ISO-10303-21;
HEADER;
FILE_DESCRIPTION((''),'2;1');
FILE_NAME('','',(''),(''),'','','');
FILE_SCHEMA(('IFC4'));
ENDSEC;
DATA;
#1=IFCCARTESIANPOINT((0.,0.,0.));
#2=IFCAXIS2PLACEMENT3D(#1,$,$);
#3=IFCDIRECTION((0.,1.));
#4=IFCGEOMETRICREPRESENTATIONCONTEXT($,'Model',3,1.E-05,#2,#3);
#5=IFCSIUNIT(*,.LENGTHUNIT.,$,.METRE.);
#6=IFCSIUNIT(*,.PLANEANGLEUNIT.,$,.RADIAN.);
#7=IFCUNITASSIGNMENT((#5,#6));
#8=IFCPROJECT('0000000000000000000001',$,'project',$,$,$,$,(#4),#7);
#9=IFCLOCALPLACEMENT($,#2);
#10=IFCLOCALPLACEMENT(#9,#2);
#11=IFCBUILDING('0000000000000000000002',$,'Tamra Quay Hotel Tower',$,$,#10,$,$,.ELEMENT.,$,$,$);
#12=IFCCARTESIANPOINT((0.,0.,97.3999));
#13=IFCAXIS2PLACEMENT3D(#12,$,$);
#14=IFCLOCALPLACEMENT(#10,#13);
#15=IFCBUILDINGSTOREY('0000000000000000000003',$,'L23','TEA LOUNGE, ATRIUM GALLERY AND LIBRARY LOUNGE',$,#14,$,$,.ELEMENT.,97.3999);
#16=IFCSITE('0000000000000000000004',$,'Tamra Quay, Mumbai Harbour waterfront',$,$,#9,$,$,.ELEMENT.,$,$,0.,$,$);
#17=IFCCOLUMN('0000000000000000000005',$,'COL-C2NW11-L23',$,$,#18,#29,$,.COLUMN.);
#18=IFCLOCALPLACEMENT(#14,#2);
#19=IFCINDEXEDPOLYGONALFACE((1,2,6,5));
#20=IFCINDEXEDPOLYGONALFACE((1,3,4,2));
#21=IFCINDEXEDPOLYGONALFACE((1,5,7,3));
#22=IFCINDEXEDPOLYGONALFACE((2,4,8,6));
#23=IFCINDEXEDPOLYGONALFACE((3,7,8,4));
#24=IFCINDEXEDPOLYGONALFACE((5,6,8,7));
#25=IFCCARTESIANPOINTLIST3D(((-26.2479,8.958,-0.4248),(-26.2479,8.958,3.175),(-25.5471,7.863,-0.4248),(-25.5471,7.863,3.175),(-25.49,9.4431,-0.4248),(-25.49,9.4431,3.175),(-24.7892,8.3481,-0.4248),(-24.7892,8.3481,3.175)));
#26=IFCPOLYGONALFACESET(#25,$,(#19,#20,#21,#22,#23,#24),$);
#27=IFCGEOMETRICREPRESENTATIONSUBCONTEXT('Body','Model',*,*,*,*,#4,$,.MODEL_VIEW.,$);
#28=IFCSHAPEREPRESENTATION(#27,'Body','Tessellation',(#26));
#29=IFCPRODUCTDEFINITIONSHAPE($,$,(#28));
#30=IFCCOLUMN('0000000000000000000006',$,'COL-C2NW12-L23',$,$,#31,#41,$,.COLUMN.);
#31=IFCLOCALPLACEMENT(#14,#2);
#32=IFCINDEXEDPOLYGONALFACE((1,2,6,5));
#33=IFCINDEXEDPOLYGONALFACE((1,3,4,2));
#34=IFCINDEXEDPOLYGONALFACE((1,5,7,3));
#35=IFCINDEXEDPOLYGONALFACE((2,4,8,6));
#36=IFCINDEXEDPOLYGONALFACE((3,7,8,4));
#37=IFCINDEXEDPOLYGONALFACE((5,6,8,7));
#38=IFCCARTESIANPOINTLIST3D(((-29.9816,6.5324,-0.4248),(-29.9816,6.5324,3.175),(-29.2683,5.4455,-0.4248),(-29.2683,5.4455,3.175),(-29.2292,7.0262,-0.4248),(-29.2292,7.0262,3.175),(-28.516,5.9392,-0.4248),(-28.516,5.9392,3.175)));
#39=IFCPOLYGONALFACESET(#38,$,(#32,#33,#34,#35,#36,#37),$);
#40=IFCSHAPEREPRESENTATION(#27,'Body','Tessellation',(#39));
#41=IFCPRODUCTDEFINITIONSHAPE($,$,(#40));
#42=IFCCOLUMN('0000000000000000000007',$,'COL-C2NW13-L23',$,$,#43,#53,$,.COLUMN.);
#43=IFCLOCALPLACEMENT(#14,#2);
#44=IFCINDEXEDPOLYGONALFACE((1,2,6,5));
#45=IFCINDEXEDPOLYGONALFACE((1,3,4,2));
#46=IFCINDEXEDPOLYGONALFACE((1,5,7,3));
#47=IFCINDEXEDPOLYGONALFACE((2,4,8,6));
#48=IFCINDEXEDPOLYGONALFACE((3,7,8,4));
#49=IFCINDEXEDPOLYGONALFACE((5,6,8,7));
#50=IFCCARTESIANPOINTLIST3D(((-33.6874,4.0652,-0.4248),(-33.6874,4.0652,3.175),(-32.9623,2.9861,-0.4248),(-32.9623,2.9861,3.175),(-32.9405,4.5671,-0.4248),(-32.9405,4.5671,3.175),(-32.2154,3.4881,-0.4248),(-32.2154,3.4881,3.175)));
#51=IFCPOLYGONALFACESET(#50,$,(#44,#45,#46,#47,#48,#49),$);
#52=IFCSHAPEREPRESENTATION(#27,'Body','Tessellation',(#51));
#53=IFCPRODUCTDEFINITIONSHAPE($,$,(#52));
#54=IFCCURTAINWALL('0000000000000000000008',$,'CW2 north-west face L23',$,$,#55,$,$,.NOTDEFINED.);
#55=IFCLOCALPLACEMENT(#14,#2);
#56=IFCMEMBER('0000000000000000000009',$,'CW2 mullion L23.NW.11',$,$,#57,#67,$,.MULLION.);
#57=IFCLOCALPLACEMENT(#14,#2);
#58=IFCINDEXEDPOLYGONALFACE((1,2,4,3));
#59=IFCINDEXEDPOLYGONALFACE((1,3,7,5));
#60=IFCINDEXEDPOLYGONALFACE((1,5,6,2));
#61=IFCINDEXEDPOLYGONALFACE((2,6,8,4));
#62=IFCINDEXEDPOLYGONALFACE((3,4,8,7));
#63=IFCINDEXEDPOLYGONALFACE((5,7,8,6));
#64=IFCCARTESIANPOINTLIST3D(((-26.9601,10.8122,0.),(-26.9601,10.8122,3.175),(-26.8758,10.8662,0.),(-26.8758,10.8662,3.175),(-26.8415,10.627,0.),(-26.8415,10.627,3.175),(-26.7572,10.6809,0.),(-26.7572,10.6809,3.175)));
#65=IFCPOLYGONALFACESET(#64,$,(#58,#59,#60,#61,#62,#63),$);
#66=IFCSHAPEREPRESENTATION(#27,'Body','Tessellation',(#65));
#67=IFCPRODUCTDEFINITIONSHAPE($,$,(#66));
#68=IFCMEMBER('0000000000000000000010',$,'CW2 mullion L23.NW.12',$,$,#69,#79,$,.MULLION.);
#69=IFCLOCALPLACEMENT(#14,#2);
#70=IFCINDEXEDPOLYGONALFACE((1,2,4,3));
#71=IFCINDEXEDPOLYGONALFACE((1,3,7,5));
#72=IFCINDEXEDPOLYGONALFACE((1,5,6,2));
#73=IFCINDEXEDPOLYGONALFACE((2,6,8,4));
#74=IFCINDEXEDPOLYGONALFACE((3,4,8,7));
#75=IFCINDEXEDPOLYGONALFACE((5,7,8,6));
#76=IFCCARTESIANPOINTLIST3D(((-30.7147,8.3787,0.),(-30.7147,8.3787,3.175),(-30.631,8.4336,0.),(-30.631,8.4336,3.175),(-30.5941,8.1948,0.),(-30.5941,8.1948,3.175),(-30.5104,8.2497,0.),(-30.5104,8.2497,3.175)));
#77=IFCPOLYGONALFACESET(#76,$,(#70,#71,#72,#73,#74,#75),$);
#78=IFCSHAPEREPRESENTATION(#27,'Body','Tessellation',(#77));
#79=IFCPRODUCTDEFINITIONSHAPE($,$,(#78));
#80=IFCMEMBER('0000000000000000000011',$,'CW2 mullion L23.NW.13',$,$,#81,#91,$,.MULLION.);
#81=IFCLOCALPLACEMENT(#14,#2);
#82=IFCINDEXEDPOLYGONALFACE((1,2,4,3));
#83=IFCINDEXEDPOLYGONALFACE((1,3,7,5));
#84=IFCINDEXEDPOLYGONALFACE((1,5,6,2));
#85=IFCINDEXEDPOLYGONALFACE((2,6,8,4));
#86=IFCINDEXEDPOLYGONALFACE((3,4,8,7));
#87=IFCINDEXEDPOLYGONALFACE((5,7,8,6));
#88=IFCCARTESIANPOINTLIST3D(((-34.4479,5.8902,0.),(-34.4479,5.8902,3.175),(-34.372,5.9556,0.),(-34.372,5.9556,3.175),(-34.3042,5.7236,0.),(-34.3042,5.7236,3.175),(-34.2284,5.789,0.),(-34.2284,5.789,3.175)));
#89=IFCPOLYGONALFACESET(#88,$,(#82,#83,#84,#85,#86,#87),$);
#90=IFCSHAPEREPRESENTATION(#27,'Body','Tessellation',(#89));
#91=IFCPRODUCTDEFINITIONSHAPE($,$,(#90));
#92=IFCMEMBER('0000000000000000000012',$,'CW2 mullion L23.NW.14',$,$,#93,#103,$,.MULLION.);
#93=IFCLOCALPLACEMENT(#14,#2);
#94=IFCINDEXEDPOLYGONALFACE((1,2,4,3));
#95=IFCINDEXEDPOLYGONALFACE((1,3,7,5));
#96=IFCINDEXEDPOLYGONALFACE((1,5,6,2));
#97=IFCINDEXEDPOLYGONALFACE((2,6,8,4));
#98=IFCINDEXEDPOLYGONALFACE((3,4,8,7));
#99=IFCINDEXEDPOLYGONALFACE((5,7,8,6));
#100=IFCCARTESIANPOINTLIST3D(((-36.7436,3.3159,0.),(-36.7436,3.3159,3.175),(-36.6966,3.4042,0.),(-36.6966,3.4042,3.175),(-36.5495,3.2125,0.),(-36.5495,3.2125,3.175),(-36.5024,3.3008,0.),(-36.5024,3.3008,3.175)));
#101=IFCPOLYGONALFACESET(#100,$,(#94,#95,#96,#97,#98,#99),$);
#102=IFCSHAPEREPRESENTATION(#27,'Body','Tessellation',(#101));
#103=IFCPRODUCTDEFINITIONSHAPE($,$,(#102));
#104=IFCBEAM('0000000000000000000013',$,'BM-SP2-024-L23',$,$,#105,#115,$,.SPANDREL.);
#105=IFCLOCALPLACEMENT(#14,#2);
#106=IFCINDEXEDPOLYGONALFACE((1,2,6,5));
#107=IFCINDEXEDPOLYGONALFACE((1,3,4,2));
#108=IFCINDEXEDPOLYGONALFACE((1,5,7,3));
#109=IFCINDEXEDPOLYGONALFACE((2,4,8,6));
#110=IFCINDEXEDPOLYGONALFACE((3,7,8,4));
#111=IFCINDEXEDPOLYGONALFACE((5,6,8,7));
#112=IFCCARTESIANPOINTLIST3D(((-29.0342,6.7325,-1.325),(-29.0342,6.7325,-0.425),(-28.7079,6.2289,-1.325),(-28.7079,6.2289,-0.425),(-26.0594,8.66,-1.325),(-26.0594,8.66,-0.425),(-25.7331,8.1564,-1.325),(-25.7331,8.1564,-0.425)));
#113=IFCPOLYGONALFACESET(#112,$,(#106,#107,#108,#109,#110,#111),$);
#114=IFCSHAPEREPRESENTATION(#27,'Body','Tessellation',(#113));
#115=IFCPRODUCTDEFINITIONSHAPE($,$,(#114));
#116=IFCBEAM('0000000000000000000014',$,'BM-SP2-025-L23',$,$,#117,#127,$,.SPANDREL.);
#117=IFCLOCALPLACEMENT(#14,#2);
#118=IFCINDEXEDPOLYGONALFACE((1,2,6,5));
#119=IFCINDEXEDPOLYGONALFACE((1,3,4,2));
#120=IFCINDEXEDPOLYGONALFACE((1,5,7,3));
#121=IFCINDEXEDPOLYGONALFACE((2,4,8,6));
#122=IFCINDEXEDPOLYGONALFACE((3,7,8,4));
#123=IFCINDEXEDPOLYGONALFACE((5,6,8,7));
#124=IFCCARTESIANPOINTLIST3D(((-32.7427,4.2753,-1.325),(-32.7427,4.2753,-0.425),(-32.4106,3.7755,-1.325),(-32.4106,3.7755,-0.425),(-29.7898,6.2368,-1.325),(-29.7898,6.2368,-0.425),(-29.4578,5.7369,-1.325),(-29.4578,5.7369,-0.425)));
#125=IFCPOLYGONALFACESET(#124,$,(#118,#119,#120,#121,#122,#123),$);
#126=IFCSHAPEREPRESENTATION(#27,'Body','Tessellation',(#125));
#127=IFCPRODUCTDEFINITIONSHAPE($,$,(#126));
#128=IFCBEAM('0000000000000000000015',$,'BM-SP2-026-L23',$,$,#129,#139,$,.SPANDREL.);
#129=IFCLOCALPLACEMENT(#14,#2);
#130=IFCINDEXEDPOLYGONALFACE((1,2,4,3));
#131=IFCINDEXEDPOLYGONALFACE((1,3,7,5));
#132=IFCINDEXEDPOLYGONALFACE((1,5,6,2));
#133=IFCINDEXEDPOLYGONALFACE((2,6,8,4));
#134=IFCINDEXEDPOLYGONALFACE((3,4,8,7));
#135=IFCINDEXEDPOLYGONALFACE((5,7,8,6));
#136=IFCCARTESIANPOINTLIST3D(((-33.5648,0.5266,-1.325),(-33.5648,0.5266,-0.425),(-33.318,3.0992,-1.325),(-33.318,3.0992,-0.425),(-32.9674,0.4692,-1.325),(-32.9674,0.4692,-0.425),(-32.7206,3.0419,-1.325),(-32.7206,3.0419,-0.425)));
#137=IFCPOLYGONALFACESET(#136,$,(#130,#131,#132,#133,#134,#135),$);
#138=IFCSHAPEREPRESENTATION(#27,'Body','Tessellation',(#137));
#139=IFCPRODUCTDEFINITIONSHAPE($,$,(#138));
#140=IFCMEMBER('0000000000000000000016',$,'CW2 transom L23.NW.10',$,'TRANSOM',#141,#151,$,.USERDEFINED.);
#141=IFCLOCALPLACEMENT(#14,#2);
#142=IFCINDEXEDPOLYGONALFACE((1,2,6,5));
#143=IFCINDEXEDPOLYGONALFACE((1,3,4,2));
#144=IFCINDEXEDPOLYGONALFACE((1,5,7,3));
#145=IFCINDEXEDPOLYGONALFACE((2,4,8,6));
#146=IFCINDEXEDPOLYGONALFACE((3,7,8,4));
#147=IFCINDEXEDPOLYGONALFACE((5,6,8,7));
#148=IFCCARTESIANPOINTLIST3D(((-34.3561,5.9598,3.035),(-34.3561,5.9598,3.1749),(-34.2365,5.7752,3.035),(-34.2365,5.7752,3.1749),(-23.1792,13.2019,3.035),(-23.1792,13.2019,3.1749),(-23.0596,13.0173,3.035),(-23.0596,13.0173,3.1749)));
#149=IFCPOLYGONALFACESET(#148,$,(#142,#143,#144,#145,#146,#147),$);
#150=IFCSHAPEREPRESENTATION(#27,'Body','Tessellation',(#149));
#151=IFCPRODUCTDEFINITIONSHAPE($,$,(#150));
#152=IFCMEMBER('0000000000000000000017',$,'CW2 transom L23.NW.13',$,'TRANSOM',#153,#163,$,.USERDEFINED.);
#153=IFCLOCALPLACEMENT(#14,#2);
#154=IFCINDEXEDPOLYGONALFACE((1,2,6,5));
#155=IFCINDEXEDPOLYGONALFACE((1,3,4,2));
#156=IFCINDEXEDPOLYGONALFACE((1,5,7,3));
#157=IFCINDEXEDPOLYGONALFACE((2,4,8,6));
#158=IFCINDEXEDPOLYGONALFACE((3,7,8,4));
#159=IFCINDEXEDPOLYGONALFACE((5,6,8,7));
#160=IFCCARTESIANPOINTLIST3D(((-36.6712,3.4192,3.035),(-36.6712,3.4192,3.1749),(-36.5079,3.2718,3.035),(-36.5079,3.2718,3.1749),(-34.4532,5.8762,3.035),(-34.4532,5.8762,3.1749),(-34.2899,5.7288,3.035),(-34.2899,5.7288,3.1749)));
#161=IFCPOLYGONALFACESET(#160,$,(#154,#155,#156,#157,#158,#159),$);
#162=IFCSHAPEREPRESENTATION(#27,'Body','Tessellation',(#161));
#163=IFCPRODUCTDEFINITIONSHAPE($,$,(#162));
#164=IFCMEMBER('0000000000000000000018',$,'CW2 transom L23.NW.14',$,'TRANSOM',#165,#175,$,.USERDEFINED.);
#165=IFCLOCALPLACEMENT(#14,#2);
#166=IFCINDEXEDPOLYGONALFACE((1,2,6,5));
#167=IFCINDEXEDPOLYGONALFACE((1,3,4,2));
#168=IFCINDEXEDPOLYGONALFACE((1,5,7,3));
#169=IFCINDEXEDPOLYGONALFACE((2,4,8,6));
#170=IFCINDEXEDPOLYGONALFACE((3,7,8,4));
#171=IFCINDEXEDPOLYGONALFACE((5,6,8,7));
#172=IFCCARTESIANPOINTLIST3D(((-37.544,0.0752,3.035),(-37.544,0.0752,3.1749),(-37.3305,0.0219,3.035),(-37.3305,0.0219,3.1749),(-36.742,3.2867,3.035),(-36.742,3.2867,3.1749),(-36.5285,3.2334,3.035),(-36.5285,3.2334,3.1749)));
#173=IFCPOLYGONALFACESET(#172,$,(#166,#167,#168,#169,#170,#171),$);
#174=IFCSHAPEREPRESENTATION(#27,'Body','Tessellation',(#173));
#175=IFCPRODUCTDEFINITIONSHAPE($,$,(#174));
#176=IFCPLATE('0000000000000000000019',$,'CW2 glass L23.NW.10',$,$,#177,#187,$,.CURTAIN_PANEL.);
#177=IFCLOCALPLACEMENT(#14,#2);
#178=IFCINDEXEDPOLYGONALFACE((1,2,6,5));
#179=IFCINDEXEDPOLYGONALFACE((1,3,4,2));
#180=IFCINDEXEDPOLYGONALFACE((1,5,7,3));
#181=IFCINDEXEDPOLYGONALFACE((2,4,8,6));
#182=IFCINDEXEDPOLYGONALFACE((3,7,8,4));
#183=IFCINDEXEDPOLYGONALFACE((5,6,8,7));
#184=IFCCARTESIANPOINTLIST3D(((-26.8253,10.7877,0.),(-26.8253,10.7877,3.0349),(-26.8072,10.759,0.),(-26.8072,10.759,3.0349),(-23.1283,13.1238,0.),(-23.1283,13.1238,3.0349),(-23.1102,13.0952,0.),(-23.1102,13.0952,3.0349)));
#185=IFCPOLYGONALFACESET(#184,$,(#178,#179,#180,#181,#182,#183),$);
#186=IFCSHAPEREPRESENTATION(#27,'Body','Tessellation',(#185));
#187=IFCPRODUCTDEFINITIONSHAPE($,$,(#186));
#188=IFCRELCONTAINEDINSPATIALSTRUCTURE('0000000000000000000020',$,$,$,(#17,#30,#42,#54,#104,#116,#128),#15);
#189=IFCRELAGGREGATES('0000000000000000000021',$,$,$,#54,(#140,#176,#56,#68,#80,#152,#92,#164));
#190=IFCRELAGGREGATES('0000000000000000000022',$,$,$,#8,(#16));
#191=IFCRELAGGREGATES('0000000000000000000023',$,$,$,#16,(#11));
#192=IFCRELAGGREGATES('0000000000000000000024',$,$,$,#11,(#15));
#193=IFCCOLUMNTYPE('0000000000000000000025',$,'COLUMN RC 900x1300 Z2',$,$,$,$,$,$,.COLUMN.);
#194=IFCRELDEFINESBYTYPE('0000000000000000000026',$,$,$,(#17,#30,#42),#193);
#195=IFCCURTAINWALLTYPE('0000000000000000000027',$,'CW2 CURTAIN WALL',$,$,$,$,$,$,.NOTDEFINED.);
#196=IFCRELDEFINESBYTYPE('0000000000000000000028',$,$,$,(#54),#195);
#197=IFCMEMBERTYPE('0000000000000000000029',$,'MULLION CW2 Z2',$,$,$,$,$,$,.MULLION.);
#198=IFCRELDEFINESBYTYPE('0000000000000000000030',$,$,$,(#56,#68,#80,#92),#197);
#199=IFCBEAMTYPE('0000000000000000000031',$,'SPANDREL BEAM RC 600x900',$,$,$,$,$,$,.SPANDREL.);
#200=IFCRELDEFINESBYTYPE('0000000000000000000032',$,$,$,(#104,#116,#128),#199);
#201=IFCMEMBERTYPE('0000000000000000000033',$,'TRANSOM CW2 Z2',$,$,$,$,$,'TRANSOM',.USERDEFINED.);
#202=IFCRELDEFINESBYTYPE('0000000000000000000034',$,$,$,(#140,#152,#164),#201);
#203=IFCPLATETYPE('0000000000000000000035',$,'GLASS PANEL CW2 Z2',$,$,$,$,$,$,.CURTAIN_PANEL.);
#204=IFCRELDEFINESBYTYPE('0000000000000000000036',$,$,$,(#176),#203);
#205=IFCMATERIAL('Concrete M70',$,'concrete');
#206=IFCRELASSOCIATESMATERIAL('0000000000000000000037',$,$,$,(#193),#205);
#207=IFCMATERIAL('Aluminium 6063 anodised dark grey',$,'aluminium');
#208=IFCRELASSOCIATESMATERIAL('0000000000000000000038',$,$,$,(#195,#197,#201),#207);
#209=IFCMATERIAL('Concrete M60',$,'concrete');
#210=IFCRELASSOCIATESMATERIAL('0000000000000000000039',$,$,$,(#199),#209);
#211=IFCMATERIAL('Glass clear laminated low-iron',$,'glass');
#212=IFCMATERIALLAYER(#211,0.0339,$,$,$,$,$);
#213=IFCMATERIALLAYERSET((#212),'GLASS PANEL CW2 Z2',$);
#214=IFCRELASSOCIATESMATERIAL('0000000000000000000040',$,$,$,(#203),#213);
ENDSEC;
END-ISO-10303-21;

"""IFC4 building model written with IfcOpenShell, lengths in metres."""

from ifc_helpers import new_model, si_unit, direction, frame, origin, origin_2d, place, context, subcontext, project, spatial, rectangle, extrude, material, layer, layer_set, material_profile, profile_set, type_object, element, aggregate, save


model = new_model("IFC4")

# Units and contexts
model_context = context("Model", 3, precision=1e-05, world=origin(), true_north=direction((0.0, 1.0)))
body_context = subcontext(model_context, "Body", "Model", "MODEL_VIEW")
ifc_project = project(units=[si_unit("LENGTHUNIT", "METRE"), si_unit("PLANEANGLEUNIT", "RADIAN")], contexts=[model_context])

# Site, building, storey
site_placement = place(None, origin())
site = spatial("IfcSite", under=ifc_project, at=site_placement, Name="Tamra Quay, Mumbai Harbour waterfront", CompositionType="ELEMENT", RefElevation=0.0)
building_placement = place(site_placement, origin())
building = spatial("IfcBuilding", under=site, at=building_placement, Name="Tamra Quay Hotel Tower", CompositionType="ELEMENT")
storey_placement = place(building_placement, frame((0.0, 0.0, 97.3999)))
storey = spatial("IfcBuildingStorey", under=building, at=storey_placement, Name="L23", Description="TEA LOUNGE, ATRIUM GALLERY AND LIBRARY LOUNGE", CompositionType="ELEMENT", Elevation=97.3999)

# Columns
ifc_material_1 = material(Name="Concrete M70", Category="concrete")
ifc_material_profile_1 = material_profile(ifc_material_1, rectangle(XDim=1.3, YDim=0.8999, at=origin_2d()), Name="COLUMN RC 900x1300 Z2")
ifc_profile_set_1 = profile_set([ifc_material_profile_1], Name="Concrete M70")
column_type = type_object("IfcColumnType", Name="COLUMN RC 900x1300 Z2", PredefinedType="COLUMN", material=ifc_profile_set_1)
for number, where, z_axis, x_axis, name in (
    (1, (-25.5186, 8.6531, -0.4248), (0.0, 0.0, 1.0), (-0.539065, 0.842264, 0.0), "COL-C2NW11-L23"),
    (2, (-29.2488, 6.2358, -0.4248), (0.0, 0.0, 1.0), (-0.548641, 0.836058, 0.0), "COL-C2NW12-L23"),
    (3, (-32.9514, 3.7766, -0.4248), (0.0, 0.0, 1.0), (-0.557767, 0.829998, 0.0), "COL-C2NW13-L23"),
):
    element("IfcColumn", number, at=place(storey_placement, frame(where, z_axis=z_axis, x_axis=x_axis)), inside=storey, type_object=column_type, Name=name, PredefinedType="COLUMN", context=body_context, shape_type="SweptSolid", body=[
        extrude(rectangle(XDim=1.3, YDim=0.8999, at=origin_2d()), origin(), (0.0, 0.0, 1.0), 3.5999),
    ])

# Curtain wall, members
ifc_material_2 = material(Name="Aluminium 6063 anodised dark grey", Category="aluminium")
curtain_wall_type = type_object("IfcCurtainWallType", Name="CW2 CURTAIN WALL", PredefinedType="NOTDEFINED", material=ifc_material_2)
curtain_wall_placement = place(storey_placement, origin())
curtain_wall = element("IfcCurtainWall", 4, at=curtain_wall_placement, inside=storey, type_object=curtain_wall_type, Name="CW2 north-west face L23", PredefinedType="NOTDEFINED")
ifc_material_profile_2 = material_profile(ifc_material_2, rectangle(XDim=0.22, YDim=0.1001, at=origin_2d()), Name="MULLION 100X220")
ifc_profile_set_2 = profile_set([ifc_material_profile_2], Name="Aluminium 6063 anodised dark grey")
member_type_1 = type_object("IfcMemberType", Name="MULLION CW2 Z2", PredefinedType="MULLION", material=ifc_profile_set_2)
member_1_placement = place(storey_placement, frame((-26.8586, 10.7466, 0.0), z_axis=(0.0, 0.0, 1.0), x_axis=(-0.538999, 0.842307, 0.0)))
member_1 = element("IfcMember", 5, at=member_1_placement, type_object=member_type_1, Name="CW2 mullion L23.NW.11", PredefinedType="MULLION", context=body_context, shape_type="SweptSolid", body=[
    extrude(rectangle(XDim=0.22, YDim=0.1001, at=origin_2d()), origin(), (0.0, 0.0, 1.0), 3.175),
])
member_2_placement = place(storey_placement, frame((-30.6125, 8.3142, 0.0), z_axis=(0.0, 0.0, 1.0), x_axis=(-0.548547, 0.836119, 0.0)))
member_2 = element("IfcMember", 6, at=member_2_placement, type_object=member_type_1, Name="CW2 mullion L23.NW.12", PredefinedType="MULLION", context=body_context, shape_type="SweptSolid", body=[
    extrude(rectangle(XDim=0.22, YDim=0.1001, at=origin_2d()), origin(), (0.0, 0.0, 1.0), 3.175),
])
member_3_placement = place(storey_placement, frame((-34.3381, 5.8396, 0.0), z_axis=(0.0, 0.0, 1.0), x_axis=(-0.652887, 0.757455, 0.0)))
member_3 = element("IfcMember", 7, at=member_3_placement, type_object=member_type_1, Name="CW2 mullion L23.NW.13", PredefinedType="MULLION", context=body_context, shape_type="SweptSolid", body=[
    extrude(rectangle(XDim=0.22, YDim=0.1001, at=origin_2d()), origin(), (0.0, 0.0, 1.0), 3.175),
])
member_4_placement = place(storey_placement, frame((-36.623, 3.3083, 0.0), z_axis=(0.0, 0.0, 1.0), x_axis=(-0.882544, 0.47023, 0.0)))
member_4 = element("IfcMember", 8, at=member_4_placement, type_object=member_type_1, Name="CW2 mullion L23.NW.14", PredefinedType="MULLION", context=body_context, shape_type="SweptSolid", body=[
    extrude(rectangle(XDim=0.22, YDim=0.1001, at=origin_2d()), origin(), (0.0, 0.0, 1.0), 3.175),
])

# Beams
ifc_material_3 = material(Name="Concrete M60", Category="concrete")
ifc_material_profile_3 = material_profile(ifc_material_3, rectangle(XDim=0.6001, YDim=0.8999, at=origin_2d()), Name="SPANDREL BEAM RC 600x900")
ifc_profile_set_3 = profile_set([ifc_material_profile_3], Name="Concrete M60")
beam_type = type_object("IfcBeamType", Name="SPANDREL BEAM RC 600x900", PredefinedType="SPANDREL", material=ifc_profile_set_3)
beam_1_placement = place(storey_placement, frame((-25.8962, 8.4082, -0.875), z_axis=(-0.839237, -0.543765, 0.0), x_axis=(0.543765, -0.839237, 0.0)))
element("IfcBeam", 9, at=beam_1_placement, inside=storey, type_object=beam_type, Name="BM-SP2-024-L23", PredefinedType="SPANDREL", context=body_context, shape_type="SweptSolid", body=[
    extrude(rectangle(XDim=0.6001, YDim=0.8999, at=origin_2d()), origin(), (0.0, 0.0, 1.0), 3.5447),
])
beam_2_placement = place(storey_placement, frame((-29.6238, 5.9868, -0.875), z_axis=(-0.832982, -0.553301, 0.0), x_axis=(0.553301, -0.832982, 0.0)))
element("IfcBeam", 10, at=beam_2_placement, inside=storey, type_object=beam_type, Name="BM-SP2-025-L23", PredefinedType="SPANDREL", context=body_context, shape_type="SweptSolid", body=[
    extrude(rectangle(XDim=0.6001, YDim=0.8999, at=origin_2d()), origin(), (0.0, 0.0, 1.0), 3.5449),
])
beam_3_placement = place(storey_placement, frame((-33.0193, 3.0706, -0.875), z_axis=(-0.0955, -0.995429, 0.0), x_axis=(0.995429, -0.0955, 0.0)))
element("IfcBeam", 11, at=beam_3_placement, inside=storey, type_object=beam_type, Name="BM-SP2-026-L23", PredefinedType="SPANDREL", context=body_context, shape_type="SweptSolid", body=[
    extrude(rectangle(XDim=0.6001, YDim=0.8999, at=origin_2d()), origin(), (0.0, 0.0, 1.0), 2.5845),
])

# Members
ifc_material_profile_4 = material_profile(ifc_material_2, rectangle(XDim=0.22, YDim=0.1399, at=origin_2d()), Name="TRANSOM 220X140")
ifc_profile_set_4 = profile_set([ifc_material_profile_4], Name="Aluminium 6063 anodised dark grey")
member_type_2 = type_object("IfcMemberType", Name="TRANSOM CW2 Z2", ElementType="TRANSOM", PredefinedType="USERDEFINED", material=ifc_profile_set_4)
member_5_placement = place(storey_placement, frame((-23.1194, 13.1096, 3.105), z_axis=(-0.839227, -0.543781, 0.0), x_axis=(0.543781, -0.839227, 0.0)))
member_5 = element("IfcMember", 12, at=member_5_placement, type_object=member_type_2, Name="CW2 transom L23.NW.10", ObjectType="TRANSOM", PredefinedType="USERDEFINED", context=body_context, shape_type="SweptSolid", body=[
    extrude(rectangle(XDim=0.22, YDim=0.1399, at=origin_2d()), origin(), (0.0, 0.0, 1.0), 13.3181),
])
member_6_placement = place(storey_placement, frame((-34.3716, 5.8025, 3.105), z_axis=(-0.670081, -0.742288, 0.0), x_axis=(0.742288, -0.670081, 0.0)))
member_6 = element("IfcMember", 13, at=member_6_placement, type_object=member_type_2, Name="CW2 transom L23.NW.13", ObjectType="TRANSOM", PredefinedType="USERDEFINED", context=body_context, shape_type="SweptSolid", body=[
    extrude(rectangle(XDim=0.22, YDim=0.1399, at=origin_2d()), origin(), (0.0, 0.0, 1.0), 3.3101),
])
member_7_placement = place(storey_placement, frame((-36.6353, 3.26, 3.105), z_axis=(-0.242293, -0.970203, 0.0), x_axis=(0.970203, -0.242293, 0.0)))
member_7 = element("IfcMember", 14, at=member_7_placement, type_object=member_type_2, Name="CW2 transom L23.NW.14", ObjectType="TRANSOM", PredefinedType="USERDEFINED", context=body_context, shape_type="SweptSolid", body=[
    extrude(rectangle(XDim=0.22, YDim=0.1399, at=origin_2d()), origin(), (0.0, 0.0, 1.0), 3.3101),
])

# Plate
ifc_material_4 = material(Name="Glass clear laminated low-iron", Category="glass")
ifc_layer_1 = layer(ifc_material_4, 0.0339)
ifc_layer_set_1 = layer_set([ifc_layer_1], Name="GLASS PANEL CW2 Z2")
plate_type = type_object("IfcPlateType", Name="GLASS PANEL CW2 Z2", PredefinedType="CURTAIN_PANEL", material=ifc_layer_set_1)
plate_1_placement = place(storey_placement, frame((-24.9678, 11.9414, 0.0), z_axis=(0.0, 0.0, 1.0), x_axis=(-0.845362, -0.534193, 0.0)))
plate_1 = element("IfcPlate", 15, at=plate_1_placement, type_object=plate_type, Name="CW2 glass L23.NW.10", PredefinedType="CURTAIN_PANEL", context=body_context, shape_type="SweptSolid", body=[
    extrude(rectangle(XDim=4.3733, YDim=0.0339, at=origin_2d()), origin(), (0.0, 0.0, 1.0), 3.0349),
])
aggregate(curtain_wall, [member_5, plate_1, member_1, member_2, member_3, member_6, member_4, member_7])

save(model, "model.ifc")
